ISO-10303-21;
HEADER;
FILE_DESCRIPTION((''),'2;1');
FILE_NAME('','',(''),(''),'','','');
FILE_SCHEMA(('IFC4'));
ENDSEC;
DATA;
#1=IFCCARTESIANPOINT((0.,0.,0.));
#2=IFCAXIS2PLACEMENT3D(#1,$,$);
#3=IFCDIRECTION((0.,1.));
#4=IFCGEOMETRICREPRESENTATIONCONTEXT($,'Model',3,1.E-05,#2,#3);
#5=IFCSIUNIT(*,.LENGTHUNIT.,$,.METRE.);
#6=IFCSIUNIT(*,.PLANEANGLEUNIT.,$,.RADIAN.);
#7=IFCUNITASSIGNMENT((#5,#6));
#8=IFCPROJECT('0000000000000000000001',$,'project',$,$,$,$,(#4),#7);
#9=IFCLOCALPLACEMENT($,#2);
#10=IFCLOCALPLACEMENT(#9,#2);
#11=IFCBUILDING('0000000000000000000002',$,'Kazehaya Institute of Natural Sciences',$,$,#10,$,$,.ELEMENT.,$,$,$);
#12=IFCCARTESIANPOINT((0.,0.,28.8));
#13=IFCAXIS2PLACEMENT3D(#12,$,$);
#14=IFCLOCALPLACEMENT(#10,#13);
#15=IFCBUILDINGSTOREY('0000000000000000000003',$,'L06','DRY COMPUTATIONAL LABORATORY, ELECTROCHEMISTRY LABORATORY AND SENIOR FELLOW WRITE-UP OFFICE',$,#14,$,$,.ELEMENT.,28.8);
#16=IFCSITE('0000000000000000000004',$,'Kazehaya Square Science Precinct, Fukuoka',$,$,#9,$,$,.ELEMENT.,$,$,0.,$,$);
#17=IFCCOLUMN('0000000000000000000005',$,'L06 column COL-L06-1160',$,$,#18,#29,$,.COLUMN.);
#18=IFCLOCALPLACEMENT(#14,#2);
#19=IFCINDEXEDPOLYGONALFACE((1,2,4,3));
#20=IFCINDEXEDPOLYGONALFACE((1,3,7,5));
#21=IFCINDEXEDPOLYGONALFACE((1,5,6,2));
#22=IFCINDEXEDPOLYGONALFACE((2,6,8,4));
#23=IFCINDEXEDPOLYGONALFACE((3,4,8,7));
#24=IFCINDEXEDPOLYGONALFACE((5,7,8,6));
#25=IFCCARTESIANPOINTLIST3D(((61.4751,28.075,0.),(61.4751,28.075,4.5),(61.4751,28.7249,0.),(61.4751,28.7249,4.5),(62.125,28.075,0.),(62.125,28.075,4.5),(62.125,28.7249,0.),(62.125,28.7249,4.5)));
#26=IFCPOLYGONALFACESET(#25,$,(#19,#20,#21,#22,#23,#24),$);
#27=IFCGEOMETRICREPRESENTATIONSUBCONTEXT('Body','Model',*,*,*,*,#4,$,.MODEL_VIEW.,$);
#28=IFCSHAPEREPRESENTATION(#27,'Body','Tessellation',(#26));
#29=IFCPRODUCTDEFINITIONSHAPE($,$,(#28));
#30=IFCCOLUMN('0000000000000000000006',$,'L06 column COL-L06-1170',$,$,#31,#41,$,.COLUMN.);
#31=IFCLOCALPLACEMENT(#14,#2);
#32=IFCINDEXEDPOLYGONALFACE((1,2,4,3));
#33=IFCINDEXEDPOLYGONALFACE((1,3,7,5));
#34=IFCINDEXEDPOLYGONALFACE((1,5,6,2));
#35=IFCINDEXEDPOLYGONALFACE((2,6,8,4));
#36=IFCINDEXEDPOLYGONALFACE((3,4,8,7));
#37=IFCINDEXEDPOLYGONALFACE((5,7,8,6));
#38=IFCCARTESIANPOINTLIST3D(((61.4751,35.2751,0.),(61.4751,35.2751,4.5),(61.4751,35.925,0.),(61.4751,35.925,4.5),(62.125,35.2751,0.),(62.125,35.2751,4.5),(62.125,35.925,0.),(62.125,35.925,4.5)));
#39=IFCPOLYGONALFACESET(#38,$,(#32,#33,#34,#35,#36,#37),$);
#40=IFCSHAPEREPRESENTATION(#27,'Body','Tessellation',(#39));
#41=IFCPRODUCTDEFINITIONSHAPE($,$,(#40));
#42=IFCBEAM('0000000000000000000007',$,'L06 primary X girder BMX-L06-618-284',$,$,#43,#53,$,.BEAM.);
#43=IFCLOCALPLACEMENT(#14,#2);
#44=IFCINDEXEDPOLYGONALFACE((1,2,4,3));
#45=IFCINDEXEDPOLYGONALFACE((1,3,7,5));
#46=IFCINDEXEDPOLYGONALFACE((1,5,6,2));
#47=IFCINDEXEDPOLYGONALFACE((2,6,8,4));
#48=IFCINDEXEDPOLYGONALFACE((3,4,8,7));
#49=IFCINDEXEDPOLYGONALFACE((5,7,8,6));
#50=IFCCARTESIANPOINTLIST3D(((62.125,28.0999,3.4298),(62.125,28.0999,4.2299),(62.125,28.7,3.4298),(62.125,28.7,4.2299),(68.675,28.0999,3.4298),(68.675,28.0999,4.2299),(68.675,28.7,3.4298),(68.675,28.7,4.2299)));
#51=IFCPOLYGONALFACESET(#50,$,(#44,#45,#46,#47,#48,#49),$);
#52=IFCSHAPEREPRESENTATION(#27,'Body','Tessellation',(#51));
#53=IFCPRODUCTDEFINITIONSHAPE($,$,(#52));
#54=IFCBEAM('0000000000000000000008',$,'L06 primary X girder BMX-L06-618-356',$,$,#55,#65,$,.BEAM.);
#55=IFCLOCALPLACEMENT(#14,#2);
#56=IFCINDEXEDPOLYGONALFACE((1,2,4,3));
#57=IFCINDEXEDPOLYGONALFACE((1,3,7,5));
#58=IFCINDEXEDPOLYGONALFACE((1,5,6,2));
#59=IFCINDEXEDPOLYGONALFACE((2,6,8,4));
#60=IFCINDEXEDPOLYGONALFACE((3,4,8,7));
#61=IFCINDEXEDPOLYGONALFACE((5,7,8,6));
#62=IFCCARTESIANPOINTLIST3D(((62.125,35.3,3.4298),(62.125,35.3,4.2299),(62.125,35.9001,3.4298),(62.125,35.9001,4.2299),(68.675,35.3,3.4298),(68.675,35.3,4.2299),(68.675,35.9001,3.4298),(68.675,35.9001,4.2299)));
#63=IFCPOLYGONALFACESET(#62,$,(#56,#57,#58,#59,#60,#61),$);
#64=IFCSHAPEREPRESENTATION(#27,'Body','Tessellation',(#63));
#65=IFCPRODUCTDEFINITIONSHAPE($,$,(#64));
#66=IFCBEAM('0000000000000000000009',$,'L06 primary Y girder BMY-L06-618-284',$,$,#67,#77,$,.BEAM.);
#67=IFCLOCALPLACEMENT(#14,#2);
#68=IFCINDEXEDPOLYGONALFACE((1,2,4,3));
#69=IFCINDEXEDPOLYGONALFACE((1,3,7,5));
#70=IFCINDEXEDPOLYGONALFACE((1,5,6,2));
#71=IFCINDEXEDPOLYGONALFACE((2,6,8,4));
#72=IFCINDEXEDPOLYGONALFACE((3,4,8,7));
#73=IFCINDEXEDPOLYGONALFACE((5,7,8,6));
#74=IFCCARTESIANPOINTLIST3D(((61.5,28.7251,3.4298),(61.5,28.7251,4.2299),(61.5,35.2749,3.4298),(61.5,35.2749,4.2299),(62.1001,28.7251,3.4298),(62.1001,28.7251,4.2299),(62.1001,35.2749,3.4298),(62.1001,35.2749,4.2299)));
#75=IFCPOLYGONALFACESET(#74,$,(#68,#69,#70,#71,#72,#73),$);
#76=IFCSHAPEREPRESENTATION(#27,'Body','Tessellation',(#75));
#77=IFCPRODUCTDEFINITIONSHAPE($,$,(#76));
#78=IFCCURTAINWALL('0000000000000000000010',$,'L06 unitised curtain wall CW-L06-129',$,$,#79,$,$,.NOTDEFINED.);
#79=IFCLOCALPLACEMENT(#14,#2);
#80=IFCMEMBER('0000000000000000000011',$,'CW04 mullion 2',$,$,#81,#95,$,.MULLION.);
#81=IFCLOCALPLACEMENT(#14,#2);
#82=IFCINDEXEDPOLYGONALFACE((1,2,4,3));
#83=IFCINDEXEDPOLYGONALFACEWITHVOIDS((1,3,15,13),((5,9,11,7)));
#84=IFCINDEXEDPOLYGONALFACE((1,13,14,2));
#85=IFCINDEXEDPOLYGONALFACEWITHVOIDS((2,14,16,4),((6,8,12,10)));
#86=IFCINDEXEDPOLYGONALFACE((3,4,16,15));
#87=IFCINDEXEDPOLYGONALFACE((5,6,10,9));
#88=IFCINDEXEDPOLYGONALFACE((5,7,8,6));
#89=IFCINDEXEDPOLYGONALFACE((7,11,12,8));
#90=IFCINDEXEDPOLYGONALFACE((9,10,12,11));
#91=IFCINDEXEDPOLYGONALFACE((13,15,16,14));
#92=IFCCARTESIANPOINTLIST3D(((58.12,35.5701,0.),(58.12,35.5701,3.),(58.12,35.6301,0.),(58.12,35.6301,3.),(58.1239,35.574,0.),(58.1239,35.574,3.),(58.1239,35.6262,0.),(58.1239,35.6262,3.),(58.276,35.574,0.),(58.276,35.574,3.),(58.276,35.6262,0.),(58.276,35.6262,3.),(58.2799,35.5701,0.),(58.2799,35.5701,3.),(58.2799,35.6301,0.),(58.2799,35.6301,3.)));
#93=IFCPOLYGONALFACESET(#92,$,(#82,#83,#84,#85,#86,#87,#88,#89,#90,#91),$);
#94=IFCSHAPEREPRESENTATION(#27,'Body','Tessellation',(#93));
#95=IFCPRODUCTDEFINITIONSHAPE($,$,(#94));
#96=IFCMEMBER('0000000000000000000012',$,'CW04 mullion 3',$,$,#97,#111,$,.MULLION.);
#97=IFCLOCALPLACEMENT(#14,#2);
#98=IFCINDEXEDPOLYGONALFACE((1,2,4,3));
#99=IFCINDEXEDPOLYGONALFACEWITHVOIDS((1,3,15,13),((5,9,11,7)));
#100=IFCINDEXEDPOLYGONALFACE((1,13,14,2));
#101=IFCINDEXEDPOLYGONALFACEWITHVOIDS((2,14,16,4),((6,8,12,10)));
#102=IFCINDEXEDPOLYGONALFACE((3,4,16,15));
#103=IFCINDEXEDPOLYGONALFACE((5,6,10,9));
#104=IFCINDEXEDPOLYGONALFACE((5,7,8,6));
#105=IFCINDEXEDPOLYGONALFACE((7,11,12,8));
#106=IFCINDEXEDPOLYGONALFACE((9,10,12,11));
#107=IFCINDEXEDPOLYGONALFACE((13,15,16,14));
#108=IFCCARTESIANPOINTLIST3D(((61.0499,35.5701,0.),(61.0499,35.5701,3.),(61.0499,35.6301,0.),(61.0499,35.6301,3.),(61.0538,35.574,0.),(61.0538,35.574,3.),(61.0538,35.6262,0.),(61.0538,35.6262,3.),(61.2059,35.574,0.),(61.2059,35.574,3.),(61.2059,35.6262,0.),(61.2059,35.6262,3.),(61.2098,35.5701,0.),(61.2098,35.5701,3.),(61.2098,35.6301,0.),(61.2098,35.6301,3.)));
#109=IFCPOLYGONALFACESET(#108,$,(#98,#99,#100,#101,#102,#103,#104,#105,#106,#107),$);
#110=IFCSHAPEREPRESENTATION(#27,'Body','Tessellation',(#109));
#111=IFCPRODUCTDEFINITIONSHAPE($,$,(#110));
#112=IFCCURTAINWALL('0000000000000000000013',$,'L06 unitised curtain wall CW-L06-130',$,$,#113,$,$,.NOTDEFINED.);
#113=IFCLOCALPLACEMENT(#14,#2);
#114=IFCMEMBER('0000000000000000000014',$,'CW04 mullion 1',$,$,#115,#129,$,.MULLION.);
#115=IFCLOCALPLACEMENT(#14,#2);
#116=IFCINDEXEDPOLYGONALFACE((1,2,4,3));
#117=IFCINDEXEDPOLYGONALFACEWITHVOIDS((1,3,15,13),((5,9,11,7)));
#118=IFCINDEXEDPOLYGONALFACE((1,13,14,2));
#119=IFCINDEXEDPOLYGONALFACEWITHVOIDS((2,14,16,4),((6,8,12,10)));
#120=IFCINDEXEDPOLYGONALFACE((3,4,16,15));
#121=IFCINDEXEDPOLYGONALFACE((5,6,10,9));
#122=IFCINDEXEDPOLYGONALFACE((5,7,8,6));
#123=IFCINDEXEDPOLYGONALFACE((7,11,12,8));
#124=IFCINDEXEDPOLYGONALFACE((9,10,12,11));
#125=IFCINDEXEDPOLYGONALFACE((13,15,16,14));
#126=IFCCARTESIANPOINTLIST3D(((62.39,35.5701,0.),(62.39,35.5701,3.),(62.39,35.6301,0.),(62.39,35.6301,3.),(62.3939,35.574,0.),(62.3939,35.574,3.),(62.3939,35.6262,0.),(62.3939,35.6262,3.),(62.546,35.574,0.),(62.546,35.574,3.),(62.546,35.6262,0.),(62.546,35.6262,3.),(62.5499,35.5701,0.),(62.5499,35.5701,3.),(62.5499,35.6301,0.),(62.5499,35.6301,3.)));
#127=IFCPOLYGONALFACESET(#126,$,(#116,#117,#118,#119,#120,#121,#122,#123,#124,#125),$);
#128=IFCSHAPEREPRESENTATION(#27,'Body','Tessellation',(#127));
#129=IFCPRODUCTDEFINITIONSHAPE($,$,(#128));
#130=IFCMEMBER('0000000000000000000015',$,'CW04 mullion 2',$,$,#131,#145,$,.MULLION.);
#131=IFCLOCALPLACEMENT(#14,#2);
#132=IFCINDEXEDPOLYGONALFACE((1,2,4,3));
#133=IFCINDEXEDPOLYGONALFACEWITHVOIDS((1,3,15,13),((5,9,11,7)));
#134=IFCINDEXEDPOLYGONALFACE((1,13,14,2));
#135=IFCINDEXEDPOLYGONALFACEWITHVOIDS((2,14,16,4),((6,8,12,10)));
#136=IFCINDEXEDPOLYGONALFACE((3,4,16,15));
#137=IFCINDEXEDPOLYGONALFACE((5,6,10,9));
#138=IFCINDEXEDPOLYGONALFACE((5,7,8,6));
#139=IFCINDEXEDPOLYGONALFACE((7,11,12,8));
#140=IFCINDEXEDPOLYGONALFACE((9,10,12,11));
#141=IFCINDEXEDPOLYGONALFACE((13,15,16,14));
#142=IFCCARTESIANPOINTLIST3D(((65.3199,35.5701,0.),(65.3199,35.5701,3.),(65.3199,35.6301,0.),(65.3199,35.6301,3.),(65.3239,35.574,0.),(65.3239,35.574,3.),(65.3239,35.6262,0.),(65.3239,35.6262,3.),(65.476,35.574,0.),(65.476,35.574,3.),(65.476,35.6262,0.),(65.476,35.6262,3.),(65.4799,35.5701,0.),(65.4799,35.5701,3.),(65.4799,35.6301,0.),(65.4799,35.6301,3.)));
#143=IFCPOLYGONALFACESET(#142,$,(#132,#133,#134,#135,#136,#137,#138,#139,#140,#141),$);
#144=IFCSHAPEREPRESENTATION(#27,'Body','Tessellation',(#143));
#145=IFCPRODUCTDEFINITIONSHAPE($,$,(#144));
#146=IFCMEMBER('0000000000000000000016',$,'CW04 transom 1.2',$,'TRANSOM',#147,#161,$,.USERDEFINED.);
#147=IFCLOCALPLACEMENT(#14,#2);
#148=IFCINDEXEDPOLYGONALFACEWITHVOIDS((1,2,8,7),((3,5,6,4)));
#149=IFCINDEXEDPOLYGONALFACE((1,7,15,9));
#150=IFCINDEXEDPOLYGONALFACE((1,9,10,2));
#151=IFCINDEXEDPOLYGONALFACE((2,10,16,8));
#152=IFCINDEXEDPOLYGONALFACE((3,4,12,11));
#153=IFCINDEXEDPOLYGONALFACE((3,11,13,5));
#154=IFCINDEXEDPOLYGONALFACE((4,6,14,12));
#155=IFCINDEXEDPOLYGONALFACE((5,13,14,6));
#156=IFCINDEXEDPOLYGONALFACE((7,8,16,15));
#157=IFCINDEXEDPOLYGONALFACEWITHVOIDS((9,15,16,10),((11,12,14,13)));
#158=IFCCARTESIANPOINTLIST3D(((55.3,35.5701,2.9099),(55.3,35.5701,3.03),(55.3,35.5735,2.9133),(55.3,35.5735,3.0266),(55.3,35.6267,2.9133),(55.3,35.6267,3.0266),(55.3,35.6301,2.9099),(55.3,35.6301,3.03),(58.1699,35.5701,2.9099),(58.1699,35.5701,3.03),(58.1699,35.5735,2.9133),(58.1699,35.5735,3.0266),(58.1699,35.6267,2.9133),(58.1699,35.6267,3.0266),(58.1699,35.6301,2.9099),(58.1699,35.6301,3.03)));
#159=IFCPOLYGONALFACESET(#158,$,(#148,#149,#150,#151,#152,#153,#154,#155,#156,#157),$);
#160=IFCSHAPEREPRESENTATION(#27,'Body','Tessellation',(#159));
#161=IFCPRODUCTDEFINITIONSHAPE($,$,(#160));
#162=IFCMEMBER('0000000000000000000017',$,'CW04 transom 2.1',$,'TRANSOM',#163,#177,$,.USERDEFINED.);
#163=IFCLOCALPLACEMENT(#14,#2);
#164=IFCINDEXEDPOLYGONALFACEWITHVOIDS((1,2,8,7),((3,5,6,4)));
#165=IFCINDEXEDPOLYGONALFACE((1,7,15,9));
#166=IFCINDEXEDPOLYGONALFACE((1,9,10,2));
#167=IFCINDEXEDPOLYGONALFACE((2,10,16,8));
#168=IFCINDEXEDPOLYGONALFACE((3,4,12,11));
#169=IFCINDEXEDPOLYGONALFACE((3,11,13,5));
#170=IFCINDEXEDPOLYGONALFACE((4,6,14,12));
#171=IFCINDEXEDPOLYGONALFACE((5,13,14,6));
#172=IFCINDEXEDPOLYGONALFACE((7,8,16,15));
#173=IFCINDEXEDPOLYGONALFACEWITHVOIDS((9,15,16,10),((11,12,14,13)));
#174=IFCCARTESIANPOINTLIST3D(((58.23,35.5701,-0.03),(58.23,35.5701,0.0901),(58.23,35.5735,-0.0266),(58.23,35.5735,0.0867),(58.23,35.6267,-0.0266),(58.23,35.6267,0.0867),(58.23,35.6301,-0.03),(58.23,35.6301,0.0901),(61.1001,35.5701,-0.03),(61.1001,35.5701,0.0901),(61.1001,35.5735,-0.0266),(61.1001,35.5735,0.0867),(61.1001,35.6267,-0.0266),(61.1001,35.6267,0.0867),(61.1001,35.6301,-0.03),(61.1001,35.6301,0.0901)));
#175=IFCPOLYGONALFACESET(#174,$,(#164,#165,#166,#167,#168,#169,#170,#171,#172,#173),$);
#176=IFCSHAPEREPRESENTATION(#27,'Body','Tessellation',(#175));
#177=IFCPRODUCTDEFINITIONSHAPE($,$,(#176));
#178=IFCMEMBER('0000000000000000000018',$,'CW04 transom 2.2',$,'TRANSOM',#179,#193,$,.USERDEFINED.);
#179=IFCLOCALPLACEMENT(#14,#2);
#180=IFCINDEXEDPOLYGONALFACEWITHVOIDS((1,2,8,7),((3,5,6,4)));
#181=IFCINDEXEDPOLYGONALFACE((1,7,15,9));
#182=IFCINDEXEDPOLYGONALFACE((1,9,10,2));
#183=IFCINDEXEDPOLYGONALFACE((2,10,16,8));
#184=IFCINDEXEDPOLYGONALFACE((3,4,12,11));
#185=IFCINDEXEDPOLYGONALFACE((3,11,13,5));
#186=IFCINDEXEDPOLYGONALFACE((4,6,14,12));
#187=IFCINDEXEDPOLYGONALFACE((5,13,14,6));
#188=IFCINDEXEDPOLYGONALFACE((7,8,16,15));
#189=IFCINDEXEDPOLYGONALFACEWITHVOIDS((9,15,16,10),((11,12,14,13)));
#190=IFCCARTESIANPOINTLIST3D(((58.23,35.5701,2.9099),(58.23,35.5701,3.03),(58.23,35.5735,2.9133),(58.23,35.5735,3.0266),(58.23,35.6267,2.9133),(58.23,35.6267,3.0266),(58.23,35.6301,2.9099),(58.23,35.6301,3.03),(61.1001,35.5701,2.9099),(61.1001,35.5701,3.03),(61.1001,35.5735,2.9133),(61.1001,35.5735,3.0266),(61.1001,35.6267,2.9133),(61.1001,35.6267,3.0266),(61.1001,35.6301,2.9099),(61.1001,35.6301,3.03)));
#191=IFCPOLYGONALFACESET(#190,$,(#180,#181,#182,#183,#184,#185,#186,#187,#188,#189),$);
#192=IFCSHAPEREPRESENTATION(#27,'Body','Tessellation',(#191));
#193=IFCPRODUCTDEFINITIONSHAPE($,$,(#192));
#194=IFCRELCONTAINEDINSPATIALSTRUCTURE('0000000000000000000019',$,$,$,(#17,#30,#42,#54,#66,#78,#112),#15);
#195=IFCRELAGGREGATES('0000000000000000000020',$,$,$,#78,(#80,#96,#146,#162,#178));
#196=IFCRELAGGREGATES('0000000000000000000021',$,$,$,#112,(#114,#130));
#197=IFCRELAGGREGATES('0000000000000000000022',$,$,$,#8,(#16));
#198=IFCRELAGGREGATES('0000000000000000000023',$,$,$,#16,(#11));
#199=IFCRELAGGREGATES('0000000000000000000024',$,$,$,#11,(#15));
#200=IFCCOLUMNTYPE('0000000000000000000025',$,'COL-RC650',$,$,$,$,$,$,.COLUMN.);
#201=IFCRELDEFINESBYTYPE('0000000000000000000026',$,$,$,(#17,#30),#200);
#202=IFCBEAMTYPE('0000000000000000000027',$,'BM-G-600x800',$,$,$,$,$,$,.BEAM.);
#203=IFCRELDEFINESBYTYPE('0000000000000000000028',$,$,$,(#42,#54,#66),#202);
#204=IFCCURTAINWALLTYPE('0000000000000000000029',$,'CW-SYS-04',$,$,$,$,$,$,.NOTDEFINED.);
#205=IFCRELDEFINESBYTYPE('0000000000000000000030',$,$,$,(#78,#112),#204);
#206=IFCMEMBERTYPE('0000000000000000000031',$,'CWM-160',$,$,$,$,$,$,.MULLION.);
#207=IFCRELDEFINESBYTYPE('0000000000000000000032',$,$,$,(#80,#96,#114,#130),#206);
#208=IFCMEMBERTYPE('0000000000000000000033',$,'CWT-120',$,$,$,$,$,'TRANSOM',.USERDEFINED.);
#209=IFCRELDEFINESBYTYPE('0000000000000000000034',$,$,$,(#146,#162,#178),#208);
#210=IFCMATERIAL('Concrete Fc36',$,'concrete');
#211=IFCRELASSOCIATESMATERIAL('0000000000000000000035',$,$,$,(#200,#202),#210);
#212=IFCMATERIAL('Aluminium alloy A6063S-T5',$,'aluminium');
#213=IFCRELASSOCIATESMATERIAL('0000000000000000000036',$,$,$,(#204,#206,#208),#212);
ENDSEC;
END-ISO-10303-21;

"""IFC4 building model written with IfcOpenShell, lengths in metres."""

from ifc_helpers import new_model, si_unit, direction, frame, origin, origin_2d, place, context, subcontext, project, spatial, rectangle, hollow_rectangle, extrude, material, material_profile, profile_set, type_object, element, aggregate, save


model = new_model("IFC4")

# Units and contexts
model_context = context("Model", 3, precision=1e-05, world=origin(), true_north=direction((0.0, 1.0)))
body_context = subcontext(model_context, "Body", "Model", "MODEL_VIEW")
ifc_project = project(units=[si_unit("LENGTHUNIT", "METRE"), si_unit("PLANEANGLEUNIT", "RADIAN")], contexts=[model_context])

# Site, building, storey
site_placement = place(None, origin())
site = spatial("IfcSite", under=ifc_project, at=site_placement, Name="Kazehaya Square Science Precinct, Fukuoka", CompositionType="ELEMENT", RefElevation=0.0)
building_placement = place(site_placement, origin())
building = spatial("IfcBuilding", under=site, at=building_placement, Name="Kazehaya Institute of Natural Sciences", CompositionType="ELEMENT")
storey_placement = place(building_placement, frame((0.0, 0.0, 28.8)))
storey = spatial("IfcBuildingStorey", under=building, at=storey_placement, Name="L06", Description="DRY COMPUTATIONAL LABORATORY, ELECTROCHEMISTRY LABORATORY AND SENIOR FELLOW WRITE-UP OFFICE", CompositionType="ELEMENT", Elevation=28.8)

# Columns
ifc_material_1 = material(Name="Concrete Fc36", Category="concrete")
ifc_material_profile_1 = material_profile(ifc_material_1, rectangle(XDim=0.6499, YDim=0.6499, at=origin_2d()), Name="RC-650x650")
ifc_profile_set_1 = profile_set([ifc_material_profile_1], Name="Concrete Fc36")
column_type = type_object("IfcColumnType", Name="COL-RC650", PredefinedType="COLUMN", material=ifc_profile_set_1)
for number, where, z_axis, x_axis, name in (
    (1, (61.8, 28.3999, 0.0), (0.0, 0.0, 1.0), (1.0, 0.0, 0.0), "L06 column COL-L06-1160"),
    (2, (61.8, 35.6001, 0.0), (0.0, 0.0, 1.0), (1.0, 0.0, 0.0), "L06 column COL-L06-1170"),
):
    element("IfcColumn", number, at=place(storey_placement, frame(where, z_axis=z_axis, x_axis=x_axis)), inside=storey, type_object=column_type, Name=name, PredefinedType="COLUMN", context=body_context, shape_type="SweptSolid", body=[
        extrude(rectangle(XDim=0.6499, YDim=0.6499, at=origin_2d()), origin(), (0.0, 0.0, 1.0), 4.5),
    ])

# Beams
ifc_material_profile_2 = material_profile(ifc_material_1, rectangle(XDim=0.6001, YDim=0.8, at=origin_2d()), Name="RC-600x800")
ifc_profile_set_2 = profile_set([ifc_material_profile_2], Name="Concrete Fc36")
beam_type = type_object("IfcBeamType", Name="BM-G-600x800", PredefinedType="BEAM", material=ifc_profile_set_2)
for number, where, z_axis, x_axis, name in (
    (3, (62.125, 28.3999, 3.8298), (1.0, 0.0, 0.0), (0.0, 1.0, 0.0), "L06 primary X girder BMX-L06-618-284"),
    (4, (62.125, 35.6001, 3.8298), (1.0, 0.0, 0.0), (0.0, 1.0, 0.0), "L06 primary X girder BMX-L06-618-356"),
):
    element("IfcBeam", number, at=place(storey_placement, frame(where, z_axis=z_axis, x_axis=x_axis)), inside=storey, type_object=beam_type, Name=name, PredefinedType="BEAM", context=body_context, shape_type="SweptSolid", body=[
        extrude(rectangle(XDim=0.6001, YDim=0.8, at=origin_2d()), origin(), (0.0, 0.0, 1.0), 6.55),
    ])
beam_placement = place(storey_placement, frame((61.8, 28.7251, 3.8298), z_axis=(0.0, 1.0, 0.0), x_axis=(-1.0, 0.0, 0.0)))
element("IfcBeam", 5, at=beam_placement, inside=storey, type_object=beam_type, Name="L06 primary Y girder BMY-L06-618-284", PredefinedType="BEAM", context=body_context, shape_type="SweptSolid", body=[
    extrude(rectangle(XDim=0.6001, YDim=0.8, at=origin_2d()), origin(), (0.0, 0.0, 1.0), 6.5498),
])

# Curtain walls, members
ifc_material_2 = material(Name="Aluminium alloy A6063S-T5", Category="aluminium")
curtain_wall_type = type_object("IfcCurtainWallType", Name="CW-SYS-04", PredefinedType="NOTDEFINED", material=ifc_material_2)
curtain_wall_1_placement = place(storey_placement, origin())
curtain_wall_1 = element("IfcCurtainWall", 6, at=curtain_wall_1_placement, inside=storey, type_object=curtain_wall_type, Name="L06 unitised curtain wall CW-L06-129", PredefinedType="NOTDEFINED")
ifc_material_profile_3 = material_profile(ifc_material_2, hollow_rectangle(XDim=0.0601, YDim=0.1599, WallThickness=0.0039, at=origin_2d()), Name="ALU-60x160x4")
ifc_profile_set_3 = profile_set([ifc_material_profile_3], Name="Aluminium alloy A6063S-T5")
member_type_1 = type_object("IfcMemberType", Name="CWM-160", PredefinedType="MULLION", material=ifc_profile_set_3)
member_1_placement = place(storey_placement, frame((58.2, 35.6001, 0.0), z_axis=(0.0, 0.0, 1.0), x_axis=(0.0, 1.0, 0.0)))
member_1 = element("IfcMember", 7, at=member_1_placement, type_object=member_type_1, Name="CW04 mullion 2", PredefinedType="MULLION", context=body_context, shape_type="SweptSolid", body=[
    extrude(hollow_rectangle(XDim=0.0601, YDim=0.1599, WallThickness=0.0039, at=origin_2d()), origin(), (0.0, 0.0, 1.0), 3.0),
])
member_2_placement = place(storey_placement, frame((61.1299, 35.6001, 0.0), z_axis=(0.0, 0.0, 1.0), x_axis=(0.0, 1.0, 0.0)))
member_2 = element("IfcMember", 8, at=member_2_placement, type_object=member_type_1, Name="CW04 mullion 3", PredefinedType="MULLION", context=body_context, shape_type="SweptSolid", body=[
    extrude(hollow_rectangle(XDim=0.0601, YDim=0.1599, WallThickness=0.0039, at=origin_2d()), origin(), (0.0, 0.0, 1.0), 3.0),
])
curtain_wall_2_placement = place(storey_placement, origin())
curtain_wall_2 = element("IfcCurtainWall", 9, at=curtain_wall_2_placement, inside=storey, type_object=curtain_wall_type, Name="L06 unitised curtain wall CW-L06-130", PredefinedType="NOTDEFINED")
member_3_placement = place(storey_placement, frame((62.47, 35.6001, 0.0), z_axis=(0.0, 0.0, 1.0), x_axis=(0.0, 1.0, 0.0)))
member_3 = element("IfcMember", 10, at=member_3_placement, type_object=member_type_1, Name="CW04 mullion 1", PredefinedType="MULLION", context=body_context, shape_type="SweptSolid", body=[
    extrude(hollow_rectangle(XDim=0.0601, YDim=0.1599, WallThickness=0.0039, at=origin_2d()), origin(), (0.0, 0.0, 1.0), 3.0),
])
member_4_placement = place(storey_placement, frame((65.3999, 35.6001, 0.0), z_axis=(0.0, 0.0, 1.0), x_axis=(0.0, 1.0, 0.0)))
member_4 = element("IfcMember", 11, at=member_4_placement, type_object=member_type_1, Name="CW04 mullion 2", PredefinedType="MULLION", context=body_context, shape_type="SweptSolid", body=[
    extrude(hollow_rectangle(XDim=0.0601, YDim=0.1599, WallThickness=0.0039, at=origin_2d()), origin(), (0.0, 0.0, 1.0), 3.0),
])

# Members
ifc_material_profile_4 = material_profile(ifc_material_2, hollow_rectangle(XDim=0.0601, YDim=0.1201, WallThickness=0.0034, at=origin_2d()), Name="ALU-60x120x3.5")
ifc_profile_set_4 = profile_set([ifc_material_profile_4], Name="Aluminium alloy A6063S-T5")
member_type_2 = type_object("IfcMemberType", Name="CWT-120", ElementType="TRANSOM", PredefinedType="USERDEFINED", material=ifc_profile_set_4)
member_5_placement = place(storey_placement, frame((55.3, 35.6001, 2.97), z_axis=(1.0, 0.0, 0.0), x_axis=(0.0, 1.0, 0.0)))
member_5 = element("IfcMember", 12, at=member_5_placement, type_object=member_type_2, Name="CW04 transom 1.2", ObjectType="TRANSOM", PredefinedType="USERDEFINED", context=body_context, shape_type="SweptSolid", body=[
    extrude(hollow_rectangle(XDim=0.0601, YDim=0.1201, WallThickness=0.0034, at=origin_2d()), origin(), (0.0, 0.0, 1.0), 2.8699),
])
member_6_placement = place(storey_placement, frame((58.23, 35.6001, 0.03), z_axis=(1.0, 0.0, 0.0), x_axis=(0.0, 1.0, 0.0)))
member_6 = element("IfcMember", 13, at=member_6_placement, type_object=member_type_2, Name="CW04 transom 2.1", ObjectType="TRANSOM", PredefinedType="USERDEFINED", context=body_context, shape_type="SweptSolid", body=[
    extrude(hollow_rectangle(XDim=0.0601, YDim=0.1201, WallThickness=0.0034, at=origin_2d()), origin(), (0.0, 0.0, 1.0), 2.8701),
])
member_7_placement = place(storey_placement, frame((58.23, 35.6001, 2.97), z_axis=(1.0, 0.0, 0.0), x_axis=(0.0, 1.0, 0.0)))
member_7 = element("IfcMember", 14, at=member_7_placement, type_object=member_type_2, Name="CW04 transom 2.2", ObjectType="TRANSOM", PredefinedType="USERDEFINED", context=body_context, shape_type="SweptSolid", body=[
    extrude(hollow_rectangle(XDim=0.0601, YDim=0.1201, WallThickness=0.0034, at=origin_2d()), origin(), (0.0, 0.0, 1.0), 2.8701),
])

aggregate(curtain_wall_1, [member_1, member_2, member_5, member_6, member_7])
aggregate(curtain_wall_2, [member_3, member_4])

save(model, "model.ifc")
